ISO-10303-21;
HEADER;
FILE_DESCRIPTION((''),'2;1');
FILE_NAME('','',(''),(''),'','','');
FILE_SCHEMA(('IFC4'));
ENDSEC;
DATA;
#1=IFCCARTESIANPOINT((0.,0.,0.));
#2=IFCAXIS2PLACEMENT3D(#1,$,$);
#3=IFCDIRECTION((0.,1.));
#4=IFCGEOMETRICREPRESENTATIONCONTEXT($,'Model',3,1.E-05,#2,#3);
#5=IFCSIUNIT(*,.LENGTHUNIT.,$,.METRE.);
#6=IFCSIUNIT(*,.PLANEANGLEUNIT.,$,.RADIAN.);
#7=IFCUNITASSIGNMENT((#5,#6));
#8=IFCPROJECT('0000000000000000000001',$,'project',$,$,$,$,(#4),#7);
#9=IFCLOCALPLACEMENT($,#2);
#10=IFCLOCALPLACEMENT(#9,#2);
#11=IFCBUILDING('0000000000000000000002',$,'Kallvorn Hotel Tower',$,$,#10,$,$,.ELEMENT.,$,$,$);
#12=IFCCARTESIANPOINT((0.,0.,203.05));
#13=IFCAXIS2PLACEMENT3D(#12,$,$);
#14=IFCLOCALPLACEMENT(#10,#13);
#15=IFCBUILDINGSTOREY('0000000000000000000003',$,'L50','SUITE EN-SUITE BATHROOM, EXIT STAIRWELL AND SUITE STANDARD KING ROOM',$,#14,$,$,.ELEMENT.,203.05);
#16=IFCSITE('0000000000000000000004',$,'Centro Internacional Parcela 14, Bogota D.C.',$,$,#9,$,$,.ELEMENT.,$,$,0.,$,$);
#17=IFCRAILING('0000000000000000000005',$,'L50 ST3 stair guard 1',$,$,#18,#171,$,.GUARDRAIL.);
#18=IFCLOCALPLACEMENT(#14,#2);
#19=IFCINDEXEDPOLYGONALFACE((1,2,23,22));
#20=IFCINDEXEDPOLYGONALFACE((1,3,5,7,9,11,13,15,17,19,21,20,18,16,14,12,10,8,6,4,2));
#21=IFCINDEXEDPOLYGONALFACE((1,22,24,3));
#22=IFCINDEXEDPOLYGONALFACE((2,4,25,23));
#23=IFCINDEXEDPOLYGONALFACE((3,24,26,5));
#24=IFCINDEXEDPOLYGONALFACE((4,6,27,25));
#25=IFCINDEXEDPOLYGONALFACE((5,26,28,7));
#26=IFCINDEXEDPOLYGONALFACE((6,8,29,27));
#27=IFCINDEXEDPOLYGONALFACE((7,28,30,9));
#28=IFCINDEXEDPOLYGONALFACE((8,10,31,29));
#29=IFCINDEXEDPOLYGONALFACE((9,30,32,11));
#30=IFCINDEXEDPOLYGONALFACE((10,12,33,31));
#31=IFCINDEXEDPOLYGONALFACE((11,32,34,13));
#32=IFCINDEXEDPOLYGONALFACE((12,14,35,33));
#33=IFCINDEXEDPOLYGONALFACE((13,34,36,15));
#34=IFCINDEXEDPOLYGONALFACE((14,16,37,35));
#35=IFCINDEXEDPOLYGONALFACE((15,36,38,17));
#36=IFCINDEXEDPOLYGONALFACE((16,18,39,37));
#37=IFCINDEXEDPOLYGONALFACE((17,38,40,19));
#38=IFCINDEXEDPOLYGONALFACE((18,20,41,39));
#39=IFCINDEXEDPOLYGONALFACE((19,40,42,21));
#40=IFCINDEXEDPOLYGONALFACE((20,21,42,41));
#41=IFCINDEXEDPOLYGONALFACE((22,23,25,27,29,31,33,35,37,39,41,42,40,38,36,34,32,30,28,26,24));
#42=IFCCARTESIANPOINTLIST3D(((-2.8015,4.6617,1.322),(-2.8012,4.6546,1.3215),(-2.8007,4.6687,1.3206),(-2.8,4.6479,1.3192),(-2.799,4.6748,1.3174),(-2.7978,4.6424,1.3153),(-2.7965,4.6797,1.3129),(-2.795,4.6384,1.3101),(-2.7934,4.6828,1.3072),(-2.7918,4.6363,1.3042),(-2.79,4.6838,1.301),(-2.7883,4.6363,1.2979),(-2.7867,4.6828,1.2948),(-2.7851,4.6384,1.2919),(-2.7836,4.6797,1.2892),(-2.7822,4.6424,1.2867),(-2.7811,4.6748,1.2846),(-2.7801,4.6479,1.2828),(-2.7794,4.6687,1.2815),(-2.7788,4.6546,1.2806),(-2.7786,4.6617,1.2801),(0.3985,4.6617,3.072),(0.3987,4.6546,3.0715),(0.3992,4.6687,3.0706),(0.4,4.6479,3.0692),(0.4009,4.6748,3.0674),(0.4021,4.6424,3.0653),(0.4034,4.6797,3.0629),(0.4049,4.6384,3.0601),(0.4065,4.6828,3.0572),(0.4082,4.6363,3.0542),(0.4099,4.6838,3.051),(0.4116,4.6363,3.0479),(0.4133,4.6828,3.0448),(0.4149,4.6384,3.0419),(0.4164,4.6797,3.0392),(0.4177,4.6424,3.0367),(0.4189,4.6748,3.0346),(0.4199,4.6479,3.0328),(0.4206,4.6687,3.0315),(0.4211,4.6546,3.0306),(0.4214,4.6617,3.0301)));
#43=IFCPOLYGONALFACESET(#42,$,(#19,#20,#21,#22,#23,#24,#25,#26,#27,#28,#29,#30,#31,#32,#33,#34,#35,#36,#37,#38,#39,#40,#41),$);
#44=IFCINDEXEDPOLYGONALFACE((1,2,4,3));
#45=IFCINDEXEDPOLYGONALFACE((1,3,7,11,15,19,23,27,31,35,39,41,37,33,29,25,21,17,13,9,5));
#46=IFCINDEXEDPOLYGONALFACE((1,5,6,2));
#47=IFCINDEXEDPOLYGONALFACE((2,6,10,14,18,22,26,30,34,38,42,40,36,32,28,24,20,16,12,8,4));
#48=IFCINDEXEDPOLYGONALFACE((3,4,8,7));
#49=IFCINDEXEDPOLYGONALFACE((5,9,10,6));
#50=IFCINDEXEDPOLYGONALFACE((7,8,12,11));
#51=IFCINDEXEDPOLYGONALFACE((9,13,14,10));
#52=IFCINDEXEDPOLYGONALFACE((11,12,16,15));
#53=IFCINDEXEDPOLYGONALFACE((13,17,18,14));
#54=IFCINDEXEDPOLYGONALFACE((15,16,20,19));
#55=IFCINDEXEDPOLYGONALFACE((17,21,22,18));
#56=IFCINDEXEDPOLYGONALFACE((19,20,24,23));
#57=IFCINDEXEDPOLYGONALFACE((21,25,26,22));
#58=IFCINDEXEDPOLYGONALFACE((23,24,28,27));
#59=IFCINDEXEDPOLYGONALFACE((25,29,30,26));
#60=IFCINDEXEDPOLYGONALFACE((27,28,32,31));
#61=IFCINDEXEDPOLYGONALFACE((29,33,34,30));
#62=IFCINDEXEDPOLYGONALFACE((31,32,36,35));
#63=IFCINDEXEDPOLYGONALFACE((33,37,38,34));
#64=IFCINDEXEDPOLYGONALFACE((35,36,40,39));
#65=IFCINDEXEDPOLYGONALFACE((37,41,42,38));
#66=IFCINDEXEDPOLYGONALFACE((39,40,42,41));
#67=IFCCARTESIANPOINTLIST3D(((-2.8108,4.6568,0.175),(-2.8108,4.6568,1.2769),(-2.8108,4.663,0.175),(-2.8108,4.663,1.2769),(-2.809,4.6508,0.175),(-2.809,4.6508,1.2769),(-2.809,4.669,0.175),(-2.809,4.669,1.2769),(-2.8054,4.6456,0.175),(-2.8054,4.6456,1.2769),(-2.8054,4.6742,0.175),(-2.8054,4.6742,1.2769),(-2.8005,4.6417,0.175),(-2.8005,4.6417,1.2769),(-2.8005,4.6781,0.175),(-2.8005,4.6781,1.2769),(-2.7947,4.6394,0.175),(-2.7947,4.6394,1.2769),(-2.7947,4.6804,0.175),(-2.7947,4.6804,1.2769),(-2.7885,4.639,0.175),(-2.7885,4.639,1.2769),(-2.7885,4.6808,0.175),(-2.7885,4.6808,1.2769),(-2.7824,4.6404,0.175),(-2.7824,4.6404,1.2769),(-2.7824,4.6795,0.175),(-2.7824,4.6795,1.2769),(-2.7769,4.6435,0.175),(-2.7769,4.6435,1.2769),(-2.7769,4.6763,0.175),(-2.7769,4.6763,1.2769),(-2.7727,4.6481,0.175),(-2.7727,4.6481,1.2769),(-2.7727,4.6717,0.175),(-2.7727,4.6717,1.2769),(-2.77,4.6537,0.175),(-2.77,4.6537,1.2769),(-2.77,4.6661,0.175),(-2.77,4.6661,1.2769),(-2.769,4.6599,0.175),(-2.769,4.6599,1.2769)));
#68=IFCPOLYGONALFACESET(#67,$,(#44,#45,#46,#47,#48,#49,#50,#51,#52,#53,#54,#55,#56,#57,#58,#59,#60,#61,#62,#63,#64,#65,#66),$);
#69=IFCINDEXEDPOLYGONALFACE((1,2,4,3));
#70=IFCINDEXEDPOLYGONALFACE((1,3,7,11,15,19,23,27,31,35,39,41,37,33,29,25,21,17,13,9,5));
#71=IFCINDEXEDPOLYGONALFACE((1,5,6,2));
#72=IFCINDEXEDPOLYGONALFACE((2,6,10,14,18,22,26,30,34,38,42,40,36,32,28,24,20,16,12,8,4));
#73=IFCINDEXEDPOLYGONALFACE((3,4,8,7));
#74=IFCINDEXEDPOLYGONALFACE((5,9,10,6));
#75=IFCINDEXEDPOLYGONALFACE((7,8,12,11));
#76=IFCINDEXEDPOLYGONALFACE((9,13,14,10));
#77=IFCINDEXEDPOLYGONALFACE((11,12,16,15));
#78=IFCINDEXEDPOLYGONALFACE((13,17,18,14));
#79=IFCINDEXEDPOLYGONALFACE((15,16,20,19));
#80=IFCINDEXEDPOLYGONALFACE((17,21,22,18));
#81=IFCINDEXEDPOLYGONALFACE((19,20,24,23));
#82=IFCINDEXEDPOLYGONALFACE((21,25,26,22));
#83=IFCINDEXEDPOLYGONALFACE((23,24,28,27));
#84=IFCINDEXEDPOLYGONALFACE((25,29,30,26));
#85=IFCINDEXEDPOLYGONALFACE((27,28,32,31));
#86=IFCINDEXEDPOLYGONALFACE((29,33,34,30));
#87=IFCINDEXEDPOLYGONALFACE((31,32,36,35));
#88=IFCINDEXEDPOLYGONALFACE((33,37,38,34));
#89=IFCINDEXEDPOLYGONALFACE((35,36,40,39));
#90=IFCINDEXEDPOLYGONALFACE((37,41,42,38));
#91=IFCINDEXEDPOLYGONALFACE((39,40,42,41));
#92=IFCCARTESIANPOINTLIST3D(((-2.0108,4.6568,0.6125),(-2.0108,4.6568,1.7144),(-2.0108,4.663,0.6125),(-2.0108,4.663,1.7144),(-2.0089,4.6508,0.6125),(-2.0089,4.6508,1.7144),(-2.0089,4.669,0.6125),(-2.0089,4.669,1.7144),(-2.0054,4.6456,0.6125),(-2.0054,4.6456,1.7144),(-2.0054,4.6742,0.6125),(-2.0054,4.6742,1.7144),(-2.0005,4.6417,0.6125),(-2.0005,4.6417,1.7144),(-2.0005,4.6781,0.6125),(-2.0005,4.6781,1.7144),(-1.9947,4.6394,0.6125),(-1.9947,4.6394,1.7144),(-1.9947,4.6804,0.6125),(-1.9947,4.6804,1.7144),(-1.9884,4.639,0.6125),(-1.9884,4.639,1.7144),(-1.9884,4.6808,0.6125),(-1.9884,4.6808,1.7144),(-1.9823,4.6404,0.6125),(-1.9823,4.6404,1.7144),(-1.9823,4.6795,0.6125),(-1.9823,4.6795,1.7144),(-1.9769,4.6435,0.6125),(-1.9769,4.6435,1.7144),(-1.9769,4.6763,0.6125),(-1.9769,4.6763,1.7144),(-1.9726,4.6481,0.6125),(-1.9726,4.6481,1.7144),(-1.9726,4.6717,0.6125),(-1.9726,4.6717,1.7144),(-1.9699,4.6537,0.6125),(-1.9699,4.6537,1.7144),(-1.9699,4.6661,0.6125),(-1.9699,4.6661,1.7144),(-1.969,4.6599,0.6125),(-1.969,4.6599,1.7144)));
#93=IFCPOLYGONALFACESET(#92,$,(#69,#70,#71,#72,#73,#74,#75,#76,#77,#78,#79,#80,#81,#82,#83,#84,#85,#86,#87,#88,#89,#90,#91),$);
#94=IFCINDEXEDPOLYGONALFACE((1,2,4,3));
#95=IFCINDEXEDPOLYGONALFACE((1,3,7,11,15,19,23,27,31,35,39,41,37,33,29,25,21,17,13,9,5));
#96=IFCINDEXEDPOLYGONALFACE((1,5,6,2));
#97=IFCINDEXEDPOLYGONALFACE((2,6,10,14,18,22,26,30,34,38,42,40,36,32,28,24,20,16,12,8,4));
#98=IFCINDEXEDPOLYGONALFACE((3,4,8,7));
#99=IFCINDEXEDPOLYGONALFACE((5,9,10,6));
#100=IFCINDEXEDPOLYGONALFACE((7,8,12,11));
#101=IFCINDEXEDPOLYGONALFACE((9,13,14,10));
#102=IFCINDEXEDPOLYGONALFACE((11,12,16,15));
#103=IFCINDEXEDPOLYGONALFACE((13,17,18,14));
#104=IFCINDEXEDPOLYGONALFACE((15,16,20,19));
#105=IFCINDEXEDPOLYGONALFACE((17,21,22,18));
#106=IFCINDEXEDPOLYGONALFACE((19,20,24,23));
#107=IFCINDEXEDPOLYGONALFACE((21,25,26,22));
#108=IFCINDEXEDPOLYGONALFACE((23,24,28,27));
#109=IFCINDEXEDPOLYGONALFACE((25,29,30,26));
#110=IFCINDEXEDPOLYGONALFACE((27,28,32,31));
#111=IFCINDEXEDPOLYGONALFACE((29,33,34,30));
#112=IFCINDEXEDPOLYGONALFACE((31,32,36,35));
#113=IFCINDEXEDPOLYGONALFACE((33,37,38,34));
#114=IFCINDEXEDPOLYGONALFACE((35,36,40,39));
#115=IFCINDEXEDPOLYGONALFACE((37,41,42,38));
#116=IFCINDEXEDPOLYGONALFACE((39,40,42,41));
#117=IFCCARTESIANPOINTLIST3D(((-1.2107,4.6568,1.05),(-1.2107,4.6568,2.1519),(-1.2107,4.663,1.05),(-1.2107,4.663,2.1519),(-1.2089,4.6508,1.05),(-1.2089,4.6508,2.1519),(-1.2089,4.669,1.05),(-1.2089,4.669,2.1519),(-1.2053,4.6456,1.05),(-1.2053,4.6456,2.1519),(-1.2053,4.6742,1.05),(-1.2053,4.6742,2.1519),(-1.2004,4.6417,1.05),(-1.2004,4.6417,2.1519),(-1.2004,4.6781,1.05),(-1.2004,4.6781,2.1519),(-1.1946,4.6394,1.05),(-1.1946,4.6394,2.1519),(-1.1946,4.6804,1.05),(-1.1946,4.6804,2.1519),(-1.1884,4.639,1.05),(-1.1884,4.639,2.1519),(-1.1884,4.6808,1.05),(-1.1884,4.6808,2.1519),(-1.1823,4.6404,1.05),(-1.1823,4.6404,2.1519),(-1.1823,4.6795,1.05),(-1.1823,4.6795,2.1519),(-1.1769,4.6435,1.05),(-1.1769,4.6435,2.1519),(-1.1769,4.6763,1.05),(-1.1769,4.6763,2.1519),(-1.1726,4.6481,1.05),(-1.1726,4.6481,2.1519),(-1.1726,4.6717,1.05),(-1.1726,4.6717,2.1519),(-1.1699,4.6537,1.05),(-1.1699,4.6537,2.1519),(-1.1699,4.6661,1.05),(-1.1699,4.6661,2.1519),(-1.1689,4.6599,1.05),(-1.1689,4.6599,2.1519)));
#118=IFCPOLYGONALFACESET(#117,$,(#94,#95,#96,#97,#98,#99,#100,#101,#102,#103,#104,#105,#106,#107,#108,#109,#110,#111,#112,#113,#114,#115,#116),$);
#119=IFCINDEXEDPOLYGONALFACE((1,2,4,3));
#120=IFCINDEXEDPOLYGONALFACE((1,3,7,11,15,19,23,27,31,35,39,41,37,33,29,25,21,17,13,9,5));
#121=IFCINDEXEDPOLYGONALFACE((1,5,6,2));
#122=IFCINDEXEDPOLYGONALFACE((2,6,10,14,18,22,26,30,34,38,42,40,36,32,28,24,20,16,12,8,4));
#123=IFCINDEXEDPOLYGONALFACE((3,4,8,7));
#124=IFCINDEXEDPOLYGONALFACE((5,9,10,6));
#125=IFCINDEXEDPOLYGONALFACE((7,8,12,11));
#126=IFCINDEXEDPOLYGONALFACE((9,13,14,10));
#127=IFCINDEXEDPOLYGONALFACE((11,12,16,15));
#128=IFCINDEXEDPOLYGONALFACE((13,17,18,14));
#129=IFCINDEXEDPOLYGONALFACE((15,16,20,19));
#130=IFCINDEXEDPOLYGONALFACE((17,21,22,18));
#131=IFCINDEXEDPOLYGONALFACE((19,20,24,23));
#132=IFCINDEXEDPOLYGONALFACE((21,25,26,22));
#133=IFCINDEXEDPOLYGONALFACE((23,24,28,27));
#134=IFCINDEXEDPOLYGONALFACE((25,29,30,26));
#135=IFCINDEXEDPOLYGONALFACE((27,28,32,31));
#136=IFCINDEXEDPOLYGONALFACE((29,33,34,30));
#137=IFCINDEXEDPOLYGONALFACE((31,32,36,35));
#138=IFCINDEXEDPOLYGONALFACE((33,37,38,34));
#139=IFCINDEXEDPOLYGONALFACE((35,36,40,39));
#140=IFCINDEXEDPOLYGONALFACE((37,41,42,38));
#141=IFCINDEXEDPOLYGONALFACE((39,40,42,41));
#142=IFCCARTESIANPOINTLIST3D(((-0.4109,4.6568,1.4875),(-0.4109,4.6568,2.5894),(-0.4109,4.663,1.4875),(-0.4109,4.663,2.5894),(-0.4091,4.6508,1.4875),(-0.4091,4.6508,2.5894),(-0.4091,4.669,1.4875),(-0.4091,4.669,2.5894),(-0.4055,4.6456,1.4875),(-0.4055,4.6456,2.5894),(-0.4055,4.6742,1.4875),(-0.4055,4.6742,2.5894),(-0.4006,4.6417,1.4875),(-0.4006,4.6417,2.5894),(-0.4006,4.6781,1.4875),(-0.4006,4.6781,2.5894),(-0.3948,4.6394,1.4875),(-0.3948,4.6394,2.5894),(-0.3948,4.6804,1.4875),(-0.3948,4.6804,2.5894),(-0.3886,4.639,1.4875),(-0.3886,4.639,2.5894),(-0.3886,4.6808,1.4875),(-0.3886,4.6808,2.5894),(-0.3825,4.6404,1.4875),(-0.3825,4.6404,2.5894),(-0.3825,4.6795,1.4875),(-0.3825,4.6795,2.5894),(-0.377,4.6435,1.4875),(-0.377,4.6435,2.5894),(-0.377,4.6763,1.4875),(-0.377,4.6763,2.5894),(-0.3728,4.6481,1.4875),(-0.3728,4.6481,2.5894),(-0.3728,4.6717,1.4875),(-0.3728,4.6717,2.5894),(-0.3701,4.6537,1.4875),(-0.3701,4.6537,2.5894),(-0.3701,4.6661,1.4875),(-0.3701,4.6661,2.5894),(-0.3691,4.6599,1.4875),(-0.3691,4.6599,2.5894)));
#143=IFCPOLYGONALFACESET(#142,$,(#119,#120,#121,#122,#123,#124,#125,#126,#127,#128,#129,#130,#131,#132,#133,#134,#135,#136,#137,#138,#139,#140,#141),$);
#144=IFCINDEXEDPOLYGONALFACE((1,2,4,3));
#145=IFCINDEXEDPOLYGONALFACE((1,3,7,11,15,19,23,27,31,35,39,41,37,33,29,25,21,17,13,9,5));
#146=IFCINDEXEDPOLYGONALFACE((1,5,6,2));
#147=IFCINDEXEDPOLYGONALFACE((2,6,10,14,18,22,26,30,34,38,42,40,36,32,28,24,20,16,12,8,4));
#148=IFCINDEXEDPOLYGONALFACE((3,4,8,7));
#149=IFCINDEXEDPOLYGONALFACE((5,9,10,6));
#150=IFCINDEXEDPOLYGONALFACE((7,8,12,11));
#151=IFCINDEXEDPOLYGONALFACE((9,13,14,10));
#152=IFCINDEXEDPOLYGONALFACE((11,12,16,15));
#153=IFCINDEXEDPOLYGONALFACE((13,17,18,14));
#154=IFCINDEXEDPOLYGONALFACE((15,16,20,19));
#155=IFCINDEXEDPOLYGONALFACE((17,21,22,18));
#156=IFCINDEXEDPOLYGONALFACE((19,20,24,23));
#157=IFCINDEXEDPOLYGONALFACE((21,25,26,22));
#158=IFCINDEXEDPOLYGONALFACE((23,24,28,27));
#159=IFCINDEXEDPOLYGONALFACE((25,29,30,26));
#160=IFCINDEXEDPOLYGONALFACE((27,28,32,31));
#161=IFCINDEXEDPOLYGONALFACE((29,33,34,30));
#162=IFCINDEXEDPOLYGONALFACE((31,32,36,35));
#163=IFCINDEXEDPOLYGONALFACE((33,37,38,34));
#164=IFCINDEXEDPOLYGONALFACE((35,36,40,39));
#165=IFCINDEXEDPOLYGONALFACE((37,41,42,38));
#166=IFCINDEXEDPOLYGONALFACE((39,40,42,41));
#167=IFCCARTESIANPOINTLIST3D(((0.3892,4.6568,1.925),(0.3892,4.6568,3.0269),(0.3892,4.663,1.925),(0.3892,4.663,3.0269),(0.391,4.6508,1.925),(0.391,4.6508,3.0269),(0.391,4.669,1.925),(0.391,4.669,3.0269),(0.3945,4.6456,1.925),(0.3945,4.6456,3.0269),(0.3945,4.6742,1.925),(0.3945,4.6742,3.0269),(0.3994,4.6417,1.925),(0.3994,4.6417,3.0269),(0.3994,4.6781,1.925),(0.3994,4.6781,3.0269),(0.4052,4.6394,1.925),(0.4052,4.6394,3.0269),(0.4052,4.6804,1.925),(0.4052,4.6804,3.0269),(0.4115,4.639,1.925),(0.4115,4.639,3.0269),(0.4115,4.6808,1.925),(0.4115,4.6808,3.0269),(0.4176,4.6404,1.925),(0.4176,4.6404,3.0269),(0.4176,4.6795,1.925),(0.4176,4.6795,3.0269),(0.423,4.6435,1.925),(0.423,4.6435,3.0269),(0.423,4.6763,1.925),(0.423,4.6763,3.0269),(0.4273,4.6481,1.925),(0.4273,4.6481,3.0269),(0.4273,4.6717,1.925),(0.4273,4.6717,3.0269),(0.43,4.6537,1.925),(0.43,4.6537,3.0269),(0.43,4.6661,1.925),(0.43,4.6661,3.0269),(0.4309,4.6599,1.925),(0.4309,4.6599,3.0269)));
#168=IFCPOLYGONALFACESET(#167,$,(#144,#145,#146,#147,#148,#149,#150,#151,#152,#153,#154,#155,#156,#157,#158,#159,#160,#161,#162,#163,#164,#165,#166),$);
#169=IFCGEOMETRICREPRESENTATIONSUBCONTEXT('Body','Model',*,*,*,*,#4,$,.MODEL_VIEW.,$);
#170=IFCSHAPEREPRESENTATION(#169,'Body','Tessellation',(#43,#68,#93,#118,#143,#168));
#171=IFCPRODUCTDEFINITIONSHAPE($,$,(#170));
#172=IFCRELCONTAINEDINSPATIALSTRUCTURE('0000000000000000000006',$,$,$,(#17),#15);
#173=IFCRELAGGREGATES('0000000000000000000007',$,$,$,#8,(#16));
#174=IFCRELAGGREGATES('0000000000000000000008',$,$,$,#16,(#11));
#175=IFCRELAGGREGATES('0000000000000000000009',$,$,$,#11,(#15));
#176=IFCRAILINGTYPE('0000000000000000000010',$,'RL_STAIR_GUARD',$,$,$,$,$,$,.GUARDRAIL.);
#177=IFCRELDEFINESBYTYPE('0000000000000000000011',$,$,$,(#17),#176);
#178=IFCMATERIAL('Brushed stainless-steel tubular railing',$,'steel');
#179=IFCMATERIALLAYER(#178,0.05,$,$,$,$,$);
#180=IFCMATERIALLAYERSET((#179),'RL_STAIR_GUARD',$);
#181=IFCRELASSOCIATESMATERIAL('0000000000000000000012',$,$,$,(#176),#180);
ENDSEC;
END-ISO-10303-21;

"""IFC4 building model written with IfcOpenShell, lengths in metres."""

from ifc_helpers import new_model, si_unit, direction, frame, origin, origin_2d, place, context, subcontext, project, spatial, circle, extrude, material, layer, layer_set, type_object, element, save


model = new_model("IFC4")

# Units and contexts
model_context = context("Model", 3, precision=1e-05, world=origin(), true_north=direction((0.0, 1.0)))
body_context = subcontext(model_context, "Body", "Model", "MODEL_VIEW")
ifc_project = project(units=[si_unit("LENGTHUNIT", "METRE"), si_unit("PLANEANGLEUNIT", "RADIAN")], contexts=[model_context])

# Site, building, storey
site_placement = place(None, origin())
site = spatial("IfcSite", under=ifc_project, at=site_placement, Name="Centro Internacional Parcela 14, Bogota D.C.", CompositionType="ELEMENT", RefElevation=0.0)
building_placement = place(site_placement, origin())
building = spatial("IfcBuilding", under=site, at=building_placement, Name="Kallvorn Hotel Tower", CompositionType="ELEMENT")
storey_placement = place(building_placement, frame((0.0, 0.0, 203.05)))
storey = spatial("IfcBuildingStorey", under=building, at=storey_placement, Name="L50", Description="SUITE EN-SUITE BATHROOM, EXIT STAIRWELL AND SUITE STANDARD KING ROOM", CompositionType="ELEMENT", Elevation=203.05)

# Railing
ifc_material_1 = material(Name="Brushed stainless-steel tubular railing", Category="steel")
ifc_layer_1 = layer(ifc_material_1, 0.05)
ifc_layer_set_1 = layer_set([ifc_layer_1], Name="RL_STAIR_GUARD")
railing_type_1 = type_object("IfcRailingType", Name="RL_STAIR_GUARD", PredefinedType="GUARDRAIL", material=ifc_layer_set_1)
railing_1_placement = place(storey_placement, frame((-2.79, 4.6599, 0.175)))
element("IfcRailing", 1, at=railing_1_placement, inside=storey, type_object=railing_type_1, Name="L50 ST3 stair guard 1", PredefinedType="GUARDRAIL", context=body_context, shape_type="SweptSolid", body=[
    extrude(circle(Radius=0.0239, at=origin_2d()), frame((0.0, 0.0, 1.126), z_axis=(0.877368, 0.0, 0.479818), x_axis=(0.0, 1.0, 0.0)), (0.0, 0.0, 1.0), 3.6472),
    extrude(circle(Radius=0.021, at=origin_2d()), origin(), (0.0, 0.0, 1.0), 1.1018),
    extrude(circle(Radius=0.021, at=origin_2d()), frame((0.8, 0.0, 0.4375)), (0.0, 0.0, 1.0), 1.1018),
    extrude(circle(Radius=0.021, at=origin_2d()), frame((1.6001, 0.0, 0.875)), (0.0, 0.0, 1.0), 1.1018),
    extrude(circle(Radius=0.021, at=origin_2d()), frame((2.3999, 0.0, 1.3125)), (0.0, 0.0, 1.0), 1.1018),
    extrude(circle(Radius=0.021, at=origin_2d()), frame((3.2, 0.0, 1.75)), (0.0, 0.0, 1.0), 1.1018),
])

save(model, "model.ifc")
